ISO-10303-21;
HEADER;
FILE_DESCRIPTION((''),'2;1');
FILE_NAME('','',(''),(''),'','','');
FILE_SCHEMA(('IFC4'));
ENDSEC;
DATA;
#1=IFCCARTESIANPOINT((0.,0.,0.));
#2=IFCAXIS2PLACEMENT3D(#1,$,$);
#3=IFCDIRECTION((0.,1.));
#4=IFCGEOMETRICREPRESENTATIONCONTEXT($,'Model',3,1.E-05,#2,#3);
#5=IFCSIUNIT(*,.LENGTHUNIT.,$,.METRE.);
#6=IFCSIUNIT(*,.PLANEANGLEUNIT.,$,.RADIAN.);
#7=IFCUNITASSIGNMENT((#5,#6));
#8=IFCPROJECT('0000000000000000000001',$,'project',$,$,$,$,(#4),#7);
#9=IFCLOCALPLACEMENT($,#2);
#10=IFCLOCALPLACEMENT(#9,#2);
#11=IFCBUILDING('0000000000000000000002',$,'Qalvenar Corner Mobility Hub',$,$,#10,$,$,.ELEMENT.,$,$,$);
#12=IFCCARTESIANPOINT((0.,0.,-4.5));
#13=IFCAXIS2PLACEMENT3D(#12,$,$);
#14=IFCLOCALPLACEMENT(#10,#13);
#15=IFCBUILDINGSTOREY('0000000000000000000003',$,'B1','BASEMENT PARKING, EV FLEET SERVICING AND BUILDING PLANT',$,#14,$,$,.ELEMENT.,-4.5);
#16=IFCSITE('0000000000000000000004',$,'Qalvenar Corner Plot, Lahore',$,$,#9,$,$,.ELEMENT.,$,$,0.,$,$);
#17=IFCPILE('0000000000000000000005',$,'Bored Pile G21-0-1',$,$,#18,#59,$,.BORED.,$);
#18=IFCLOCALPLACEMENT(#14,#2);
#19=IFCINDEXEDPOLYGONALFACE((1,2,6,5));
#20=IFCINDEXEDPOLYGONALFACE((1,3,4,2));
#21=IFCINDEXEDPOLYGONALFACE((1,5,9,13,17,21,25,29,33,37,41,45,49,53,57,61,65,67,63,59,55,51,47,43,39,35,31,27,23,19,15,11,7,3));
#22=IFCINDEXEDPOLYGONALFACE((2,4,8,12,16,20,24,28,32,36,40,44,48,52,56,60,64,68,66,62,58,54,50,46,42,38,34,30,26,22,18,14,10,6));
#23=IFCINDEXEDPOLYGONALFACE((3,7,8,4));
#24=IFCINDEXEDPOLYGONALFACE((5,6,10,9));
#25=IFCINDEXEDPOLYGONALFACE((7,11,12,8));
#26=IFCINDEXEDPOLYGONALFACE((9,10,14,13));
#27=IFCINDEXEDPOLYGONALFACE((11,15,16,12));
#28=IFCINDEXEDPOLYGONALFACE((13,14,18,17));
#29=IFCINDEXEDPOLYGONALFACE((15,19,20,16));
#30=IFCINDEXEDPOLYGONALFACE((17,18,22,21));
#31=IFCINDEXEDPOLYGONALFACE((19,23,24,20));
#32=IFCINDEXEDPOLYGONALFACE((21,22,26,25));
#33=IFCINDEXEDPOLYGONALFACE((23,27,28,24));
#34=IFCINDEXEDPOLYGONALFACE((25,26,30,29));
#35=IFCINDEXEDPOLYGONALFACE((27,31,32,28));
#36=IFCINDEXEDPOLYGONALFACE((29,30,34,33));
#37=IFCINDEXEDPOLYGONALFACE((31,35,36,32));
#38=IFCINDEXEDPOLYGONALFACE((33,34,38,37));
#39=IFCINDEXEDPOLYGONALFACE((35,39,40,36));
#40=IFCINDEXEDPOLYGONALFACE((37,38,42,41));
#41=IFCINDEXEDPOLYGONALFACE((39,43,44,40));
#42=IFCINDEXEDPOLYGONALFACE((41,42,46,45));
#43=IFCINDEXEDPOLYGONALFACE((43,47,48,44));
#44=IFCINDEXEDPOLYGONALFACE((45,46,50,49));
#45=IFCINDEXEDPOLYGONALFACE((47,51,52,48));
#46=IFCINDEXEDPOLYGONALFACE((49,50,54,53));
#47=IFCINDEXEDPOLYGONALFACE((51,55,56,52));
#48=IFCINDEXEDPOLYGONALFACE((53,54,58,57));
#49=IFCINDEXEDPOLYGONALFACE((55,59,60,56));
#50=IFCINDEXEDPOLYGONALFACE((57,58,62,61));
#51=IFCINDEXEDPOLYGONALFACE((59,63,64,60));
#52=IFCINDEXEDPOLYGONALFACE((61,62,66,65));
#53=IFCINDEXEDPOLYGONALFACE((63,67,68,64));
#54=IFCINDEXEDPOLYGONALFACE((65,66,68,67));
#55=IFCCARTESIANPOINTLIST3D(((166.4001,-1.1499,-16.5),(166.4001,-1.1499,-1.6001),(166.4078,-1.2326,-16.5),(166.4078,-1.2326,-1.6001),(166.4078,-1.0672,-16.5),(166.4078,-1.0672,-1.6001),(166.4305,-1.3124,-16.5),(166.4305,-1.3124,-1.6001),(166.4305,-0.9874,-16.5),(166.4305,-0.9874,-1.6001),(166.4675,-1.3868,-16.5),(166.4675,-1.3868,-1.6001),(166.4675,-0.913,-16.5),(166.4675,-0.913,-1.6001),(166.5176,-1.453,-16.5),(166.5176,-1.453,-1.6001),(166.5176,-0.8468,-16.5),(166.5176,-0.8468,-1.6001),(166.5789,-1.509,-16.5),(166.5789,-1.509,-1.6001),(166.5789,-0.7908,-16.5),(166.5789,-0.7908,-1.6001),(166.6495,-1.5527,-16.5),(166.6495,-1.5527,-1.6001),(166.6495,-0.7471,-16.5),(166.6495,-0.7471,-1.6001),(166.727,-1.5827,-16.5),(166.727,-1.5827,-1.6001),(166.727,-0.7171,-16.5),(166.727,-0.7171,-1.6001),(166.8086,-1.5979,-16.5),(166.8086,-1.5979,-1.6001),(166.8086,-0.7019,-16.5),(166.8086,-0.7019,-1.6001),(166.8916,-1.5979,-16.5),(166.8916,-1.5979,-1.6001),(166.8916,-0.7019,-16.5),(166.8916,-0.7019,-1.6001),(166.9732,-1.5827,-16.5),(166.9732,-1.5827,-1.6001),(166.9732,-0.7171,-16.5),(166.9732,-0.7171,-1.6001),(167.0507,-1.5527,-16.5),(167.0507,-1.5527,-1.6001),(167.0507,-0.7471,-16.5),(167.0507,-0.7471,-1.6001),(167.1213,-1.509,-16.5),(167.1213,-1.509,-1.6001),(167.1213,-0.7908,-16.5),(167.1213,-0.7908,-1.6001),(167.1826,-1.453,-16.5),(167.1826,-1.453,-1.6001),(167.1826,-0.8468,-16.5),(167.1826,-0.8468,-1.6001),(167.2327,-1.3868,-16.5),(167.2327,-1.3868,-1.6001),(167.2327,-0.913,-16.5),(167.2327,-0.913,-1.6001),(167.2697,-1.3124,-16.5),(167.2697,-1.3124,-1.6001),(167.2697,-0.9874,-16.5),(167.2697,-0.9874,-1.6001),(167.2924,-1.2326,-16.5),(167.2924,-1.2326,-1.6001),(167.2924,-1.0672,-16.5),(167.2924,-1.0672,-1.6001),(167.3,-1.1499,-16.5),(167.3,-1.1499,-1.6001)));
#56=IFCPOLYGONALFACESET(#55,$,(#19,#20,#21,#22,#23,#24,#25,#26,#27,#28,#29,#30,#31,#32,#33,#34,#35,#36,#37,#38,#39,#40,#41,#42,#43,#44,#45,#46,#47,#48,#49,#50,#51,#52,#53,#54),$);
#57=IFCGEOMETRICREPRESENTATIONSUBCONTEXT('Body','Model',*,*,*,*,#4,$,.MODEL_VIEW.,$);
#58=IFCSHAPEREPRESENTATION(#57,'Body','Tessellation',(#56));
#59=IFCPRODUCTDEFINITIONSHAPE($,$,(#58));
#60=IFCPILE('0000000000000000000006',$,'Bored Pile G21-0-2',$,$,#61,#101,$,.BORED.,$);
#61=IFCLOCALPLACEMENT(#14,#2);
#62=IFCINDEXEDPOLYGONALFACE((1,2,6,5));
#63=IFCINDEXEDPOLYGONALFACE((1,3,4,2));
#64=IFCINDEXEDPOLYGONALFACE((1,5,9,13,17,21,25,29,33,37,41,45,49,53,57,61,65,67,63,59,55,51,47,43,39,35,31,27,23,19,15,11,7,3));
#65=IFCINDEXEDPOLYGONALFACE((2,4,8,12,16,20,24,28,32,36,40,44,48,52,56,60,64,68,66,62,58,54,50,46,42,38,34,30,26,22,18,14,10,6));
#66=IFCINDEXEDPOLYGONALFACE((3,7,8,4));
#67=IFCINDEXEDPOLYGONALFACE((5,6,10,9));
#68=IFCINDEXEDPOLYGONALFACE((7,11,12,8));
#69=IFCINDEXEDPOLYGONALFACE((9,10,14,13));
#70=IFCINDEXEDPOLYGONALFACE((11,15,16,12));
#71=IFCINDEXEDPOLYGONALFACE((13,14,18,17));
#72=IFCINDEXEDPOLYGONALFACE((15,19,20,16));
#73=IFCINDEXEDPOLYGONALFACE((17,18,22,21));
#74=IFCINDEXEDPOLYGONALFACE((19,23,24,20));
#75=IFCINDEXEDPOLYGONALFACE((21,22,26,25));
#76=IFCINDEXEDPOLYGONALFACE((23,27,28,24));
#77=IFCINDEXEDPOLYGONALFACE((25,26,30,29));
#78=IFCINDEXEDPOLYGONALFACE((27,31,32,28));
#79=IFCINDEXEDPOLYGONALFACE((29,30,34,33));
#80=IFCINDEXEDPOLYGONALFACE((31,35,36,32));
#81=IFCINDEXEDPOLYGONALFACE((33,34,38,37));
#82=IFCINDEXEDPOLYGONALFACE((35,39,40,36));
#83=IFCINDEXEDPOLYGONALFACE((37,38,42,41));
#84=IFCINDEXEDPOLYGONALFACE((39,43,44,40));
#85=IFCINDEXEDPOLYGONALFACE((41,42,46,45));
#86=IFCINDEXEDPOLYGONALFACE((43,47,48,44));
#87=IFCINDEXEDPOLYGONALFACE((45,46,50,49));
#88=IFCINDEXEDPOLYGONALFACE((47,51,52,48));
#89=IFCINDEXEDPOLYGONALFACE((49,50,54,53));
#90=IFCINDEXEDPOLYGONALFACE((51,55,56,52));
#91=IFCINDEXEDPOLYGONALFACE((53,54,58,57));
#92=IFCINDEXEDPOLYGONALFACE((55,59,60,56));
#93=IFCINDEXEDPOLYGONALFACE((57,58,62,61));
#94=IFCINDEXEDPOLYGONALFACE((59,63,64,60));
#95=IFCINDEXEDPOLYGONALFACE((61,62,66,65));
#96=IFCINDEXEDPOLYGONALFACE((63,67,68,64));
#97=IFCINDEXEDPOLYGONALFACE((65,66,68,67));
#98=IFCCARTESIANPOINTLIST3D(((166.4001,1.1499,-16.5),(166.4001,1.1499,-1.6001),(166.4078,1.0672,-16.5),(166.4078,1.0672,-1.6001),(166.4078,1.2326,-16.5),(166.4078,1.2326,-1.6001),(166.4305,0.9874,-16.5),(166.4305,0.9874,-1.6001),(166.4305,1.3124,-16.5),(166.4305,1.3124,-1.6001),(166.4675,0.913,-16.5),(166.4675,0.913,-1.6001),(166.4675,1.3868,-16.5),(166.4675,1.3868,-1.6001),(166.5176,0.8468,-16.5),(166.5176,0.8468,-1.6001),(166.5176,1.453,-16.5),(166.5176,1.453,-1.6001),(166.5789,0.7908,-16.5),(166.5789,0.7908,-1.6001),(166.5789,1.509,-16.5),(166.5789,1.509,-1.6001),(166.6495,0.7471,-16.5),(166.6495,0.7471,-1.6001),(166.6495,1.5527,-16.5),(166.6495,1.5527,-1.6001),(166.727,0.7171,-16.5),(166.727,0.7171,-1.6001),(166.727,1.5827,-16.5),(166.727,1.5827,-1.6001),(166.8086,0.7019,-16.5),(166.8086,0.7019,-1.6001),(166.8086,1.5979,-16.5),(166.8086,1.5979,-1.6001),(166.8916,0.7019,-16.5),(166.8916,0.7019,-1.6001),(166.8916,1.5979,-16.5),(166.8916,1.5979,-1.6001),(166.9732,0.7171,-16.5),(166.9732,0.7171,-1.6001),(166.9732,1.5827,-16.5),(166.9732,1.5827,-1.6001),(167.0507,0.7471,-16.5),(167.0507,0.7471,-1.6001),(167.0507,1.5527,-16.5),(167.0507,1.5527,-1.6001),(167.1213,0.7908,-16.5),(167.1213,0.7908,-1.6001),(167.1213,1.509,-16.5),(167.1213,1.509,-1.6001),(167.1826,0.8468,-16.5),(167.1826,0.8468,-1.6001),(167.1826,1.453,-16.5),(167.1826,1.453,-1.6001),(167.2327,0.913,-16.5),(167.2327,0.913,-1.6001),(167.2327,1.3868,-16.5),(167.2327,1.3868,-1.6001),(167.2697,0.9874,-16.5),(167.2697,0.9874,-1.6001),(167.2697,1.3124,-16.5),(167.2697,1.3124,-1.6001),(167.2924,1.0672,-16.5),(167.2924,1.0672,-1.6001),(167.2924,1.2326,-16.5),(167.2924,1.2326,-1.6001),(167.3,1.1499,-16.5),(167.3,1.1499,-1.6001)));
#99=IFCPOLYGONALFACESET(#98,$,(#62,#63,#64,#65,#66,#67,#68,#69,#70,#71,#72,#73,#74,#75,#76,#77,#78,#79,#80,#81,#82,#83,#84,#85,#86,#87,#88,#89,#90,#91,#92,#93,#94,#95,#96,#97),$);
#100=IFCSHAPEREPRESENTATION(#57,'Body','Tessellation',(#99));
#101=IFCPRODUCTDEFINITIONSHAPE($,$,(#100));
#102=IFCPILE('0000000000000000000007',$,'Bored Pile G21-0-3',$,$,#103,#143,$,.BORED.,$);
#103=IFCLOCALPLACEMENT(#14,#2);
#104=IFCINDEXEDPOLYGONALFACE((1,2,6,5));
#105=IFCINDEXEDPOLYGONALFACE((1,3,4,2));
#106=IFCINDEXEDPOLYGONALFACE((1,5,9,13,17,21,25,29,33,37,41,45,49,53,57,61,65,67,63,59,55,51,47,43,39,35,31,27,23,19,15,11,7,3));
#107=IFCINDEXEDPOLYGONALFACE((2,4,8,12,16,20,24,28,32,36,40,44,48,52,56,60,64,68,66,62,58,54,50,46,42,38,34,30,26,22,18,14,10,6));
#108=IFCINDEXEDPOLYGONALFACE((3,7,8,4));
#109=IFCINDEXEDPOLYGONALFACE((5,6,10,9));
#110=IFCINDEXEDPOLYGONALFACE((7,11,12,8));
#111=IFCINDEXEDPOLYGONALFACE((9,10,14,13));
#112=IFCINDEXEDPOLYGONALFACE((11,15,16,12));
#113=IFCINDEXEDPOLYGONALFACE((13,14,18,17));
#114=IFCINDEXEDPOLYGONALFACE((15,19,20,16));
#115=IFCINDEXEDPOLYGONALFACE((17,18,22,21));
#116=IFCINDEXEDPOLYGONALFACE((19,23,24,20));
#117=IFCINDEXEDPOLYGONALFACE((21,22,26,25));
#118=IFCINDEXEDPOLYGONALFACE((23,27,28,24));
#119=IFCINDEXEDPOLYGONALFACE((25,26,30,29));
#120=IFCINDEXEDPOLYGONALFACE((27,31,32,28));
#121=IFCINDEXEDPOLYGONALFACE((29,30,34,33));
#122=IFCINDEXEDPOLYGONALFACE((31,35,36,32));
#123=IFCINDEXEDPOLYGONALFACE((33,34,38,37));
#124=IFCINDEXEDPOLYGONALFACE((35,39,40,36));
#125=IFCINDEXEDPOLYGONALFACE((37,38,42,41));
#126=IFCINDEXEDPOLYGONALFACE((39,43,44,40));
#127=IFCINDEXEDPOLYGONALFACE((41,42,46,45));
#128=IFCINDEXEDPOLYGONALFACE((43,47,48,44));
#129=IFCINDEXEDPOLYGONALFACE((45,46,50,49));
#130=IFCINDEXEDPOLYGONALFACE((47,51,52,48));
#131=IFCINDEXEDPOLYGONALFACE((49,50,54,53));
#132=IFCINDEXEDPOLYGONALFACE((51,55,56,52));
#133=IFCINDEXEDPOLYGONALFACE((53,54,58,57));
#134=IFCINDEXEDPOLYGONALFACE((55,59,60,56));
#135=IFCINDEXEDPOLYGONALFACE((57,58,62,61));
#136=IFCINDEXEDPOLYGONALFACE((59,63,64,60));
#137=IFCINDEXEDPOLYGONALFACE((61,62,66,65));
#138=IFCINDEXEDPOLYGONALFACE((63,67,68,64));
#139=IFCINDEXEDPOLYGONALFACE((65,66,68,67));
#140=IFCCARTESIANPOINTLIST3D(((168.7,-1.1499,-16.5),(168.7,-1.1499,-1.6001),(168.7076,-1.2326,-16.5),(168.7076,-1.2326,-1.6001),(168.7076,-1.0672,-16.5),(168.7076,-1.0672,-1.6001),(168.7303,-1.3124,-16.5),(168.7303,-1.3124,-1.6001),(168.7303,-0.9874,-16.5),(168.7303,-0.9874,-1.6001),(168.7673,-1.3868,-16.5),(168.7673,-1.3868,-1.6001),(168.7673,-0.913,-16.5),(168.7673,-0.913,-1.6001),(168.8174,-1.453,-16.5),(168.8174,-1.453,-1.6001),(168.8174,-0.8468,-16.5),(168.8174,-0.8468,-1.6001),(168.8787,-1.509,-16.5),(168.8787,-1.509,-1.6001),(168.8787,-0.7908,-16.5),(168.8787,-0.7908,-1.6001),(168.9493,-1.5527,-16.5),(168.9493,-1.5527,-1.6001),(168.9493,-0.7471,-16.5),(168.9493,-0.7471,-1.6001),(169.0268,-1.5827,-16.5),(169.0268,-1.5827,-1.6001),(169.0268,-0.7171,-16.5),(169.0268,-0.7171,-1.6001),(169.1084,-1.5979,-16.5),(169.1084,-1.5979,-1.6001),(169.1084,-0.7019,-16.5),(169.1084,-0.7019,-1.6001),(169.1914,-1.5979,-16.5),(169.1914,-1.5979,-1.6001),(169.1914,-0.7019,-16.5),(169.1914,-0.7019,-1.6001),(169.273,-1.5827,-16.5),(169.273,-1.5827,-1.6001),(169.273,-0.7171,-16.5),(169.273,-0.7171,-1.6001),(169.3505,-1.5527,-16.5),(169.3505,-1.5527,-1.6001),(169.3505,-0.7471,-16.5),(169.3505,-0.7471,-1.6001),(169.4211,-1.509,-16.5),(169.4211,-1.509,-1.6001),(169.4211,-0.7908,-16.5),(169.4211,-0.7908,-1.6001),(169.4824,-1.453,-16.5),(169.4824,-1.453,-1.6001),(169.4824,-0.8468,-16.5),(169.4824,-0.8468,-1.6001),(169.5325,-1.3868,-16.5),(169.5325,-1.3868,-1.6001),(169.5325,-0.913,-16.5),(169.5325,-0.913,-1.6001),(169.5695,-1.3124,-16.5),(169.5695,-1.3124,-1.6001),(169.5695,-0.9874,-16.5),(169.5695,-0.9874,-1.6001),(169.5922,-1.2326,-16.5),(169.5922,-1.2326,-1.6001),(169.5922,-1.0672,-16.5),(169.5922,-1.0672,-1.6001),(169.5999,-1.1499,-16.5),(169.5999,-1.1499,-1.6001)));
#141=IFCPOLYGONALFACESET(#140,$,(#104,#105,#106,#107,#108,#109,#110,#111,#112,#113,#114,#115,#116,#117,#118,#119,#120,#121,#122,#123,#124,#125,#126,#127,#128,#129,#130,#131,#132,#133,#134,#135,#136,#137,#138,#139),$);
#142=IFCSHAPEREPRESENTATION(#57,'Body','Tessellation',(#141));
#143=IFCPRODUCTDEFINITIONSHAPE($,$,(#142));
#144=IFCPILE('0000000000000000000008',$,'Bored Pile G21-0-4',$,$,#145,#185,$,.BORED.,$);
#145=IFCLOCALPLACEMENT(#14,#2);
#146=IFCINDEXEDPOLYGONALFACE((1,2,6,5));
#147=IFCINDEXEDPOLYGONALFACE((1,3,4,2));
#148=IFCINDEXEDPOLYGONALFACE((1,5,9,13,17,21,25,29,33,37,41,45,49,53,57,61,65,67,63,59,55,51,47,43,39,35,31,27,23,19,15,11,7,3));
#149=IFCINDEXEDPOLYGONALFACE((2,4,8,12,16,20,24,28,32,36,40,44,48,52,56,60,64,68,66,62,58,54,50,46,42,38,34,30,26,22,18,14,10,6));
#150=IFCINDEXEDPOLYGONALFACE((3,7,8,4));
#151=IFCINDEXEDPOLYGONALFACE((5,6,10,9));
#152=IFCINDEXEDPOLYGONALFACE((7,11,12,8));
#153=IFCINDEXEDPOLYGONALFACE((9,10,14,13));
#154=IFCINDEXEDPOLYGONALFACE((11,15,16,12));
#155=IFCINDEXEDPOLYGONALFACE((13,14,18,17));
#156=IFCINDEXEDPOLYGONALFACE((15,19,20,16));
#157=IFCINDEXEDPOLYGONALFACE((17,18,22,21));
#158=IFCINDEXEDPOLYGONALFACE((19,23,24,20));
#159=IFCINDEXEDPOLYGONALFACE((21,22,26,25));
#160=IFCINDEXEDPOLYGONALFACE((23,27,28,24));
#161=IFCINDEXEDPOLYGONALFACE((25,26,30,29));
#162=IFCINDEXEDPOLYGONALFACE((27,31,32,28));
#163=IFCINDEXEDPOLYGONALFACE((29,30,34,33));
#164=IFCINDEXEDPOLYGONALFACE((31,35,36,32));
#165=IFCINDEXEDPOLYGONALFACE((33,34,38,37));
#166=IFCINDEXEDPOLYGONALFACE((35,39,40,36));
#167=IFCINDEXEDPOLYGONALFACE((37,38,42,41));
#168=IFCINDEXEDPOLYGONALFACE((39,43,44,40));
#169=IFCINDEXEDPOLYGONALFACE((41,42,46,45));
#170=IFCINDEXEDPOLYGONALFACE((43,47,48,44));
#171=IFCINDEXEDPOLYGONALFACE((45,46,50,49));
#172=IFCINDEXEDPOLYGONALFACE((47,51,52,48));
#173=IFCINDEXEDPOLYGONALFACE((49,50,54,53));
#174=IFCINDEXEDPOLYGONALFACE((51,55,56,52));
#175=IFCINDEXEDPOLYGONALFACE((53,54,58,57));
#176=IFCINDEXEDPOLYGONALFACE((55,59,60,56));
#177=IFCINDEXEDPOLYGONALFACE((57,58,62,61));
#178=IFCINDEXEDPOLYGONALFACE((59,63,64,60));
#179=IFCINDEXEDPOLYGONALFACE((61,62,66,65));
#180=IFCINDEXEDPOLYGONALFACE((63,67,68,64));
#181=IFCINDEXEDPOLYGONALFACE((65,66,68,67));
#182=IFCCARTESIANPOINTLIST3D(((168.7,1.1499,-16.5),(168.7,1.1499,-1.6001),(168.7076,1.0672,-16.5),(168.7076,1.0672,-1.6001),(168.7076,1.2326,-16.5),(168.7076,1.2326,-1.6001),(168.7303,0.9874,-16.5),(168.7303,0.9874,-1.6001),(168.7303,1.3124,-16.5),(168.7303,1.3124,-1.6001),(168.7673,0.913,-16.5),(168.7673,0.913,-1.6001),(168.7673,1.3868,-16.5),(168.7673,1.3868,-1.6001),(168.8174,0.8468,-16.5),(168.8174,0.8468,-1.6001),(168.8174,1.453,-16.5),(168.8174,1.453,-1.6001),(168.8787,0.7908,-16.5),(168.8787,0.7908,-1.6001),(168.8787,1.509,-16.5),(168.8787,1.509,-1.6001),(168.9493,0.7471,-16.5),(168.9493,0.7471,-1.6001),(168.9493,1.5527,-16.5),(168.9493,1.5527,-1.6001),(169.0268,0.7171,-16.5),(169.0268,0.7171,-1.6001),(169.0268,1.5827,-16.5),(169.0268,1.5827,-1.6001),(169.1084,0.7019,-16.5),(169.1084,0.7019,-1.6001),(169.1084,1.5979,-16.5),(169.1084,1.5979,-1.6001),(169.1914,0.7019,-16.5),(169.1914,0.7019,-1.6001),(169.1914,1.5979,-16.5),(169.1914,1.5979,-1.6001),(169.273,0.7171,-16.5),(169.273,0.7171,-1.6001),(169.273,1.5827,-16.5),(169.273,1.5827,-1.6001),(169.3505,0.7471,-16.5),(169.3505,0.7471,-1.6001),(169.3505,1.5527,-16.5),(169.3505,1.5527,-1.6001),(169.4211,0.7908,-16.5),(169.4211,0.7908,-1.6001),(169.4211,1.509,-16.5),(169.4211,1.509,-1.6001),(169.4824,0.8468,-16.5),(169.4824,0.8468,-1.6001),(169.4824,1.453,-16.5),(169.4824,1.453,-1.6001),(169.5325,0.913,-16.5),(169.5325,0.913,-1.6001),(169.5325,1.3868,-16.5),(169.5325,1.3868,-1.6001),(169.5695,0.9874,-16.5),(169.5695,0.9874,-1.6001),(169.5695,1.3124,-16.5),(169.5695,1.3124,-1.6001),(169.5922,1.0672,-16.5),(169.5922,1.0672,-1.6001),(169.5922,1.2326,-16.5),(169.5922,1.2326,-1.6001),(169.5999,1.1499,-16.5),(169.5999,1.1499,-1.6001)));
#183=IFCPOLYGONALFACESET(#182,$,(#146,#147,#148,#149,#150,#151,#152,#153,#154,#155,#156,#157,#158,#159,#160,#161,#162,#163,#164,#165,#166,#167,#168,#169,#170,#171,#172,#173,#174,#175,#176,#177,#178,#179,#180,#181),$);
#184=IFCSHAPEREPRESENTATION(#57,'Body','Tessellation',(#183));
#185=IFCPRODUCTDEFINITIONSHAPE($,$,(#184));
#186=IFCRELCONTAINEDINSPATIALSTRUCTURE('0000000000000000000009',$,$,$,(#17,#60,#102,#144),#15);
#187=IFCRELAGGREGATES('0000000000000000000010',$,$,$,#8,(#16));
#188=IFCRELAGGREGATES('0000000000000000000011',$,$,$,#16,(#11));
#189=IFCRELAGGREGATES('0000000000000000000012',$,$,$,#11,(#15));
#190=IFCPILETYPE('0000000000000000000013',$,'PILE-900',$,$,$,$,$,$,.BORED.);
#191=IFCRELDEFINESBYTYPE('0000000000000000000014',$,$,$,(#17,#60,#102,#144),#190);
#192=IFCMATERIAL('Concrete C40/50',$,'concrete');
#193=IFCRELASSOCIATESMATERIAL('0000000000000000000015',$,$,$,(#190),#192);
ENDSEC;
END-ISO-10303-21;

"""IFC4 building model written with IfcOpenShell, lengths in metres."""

from ifc_helpers import new_model, si_unit, direction, frame, origin, origin_2d, place, context, subcontext, project, spatial, circle, extrude, material, material_profile, profile_set, type_object, element, save


model = new_model("IFC4")

# Units and contexts
model_context = context("Model", 3, precision=1e-05, world=origin(), true_north=direction((0.0, 1.0)))
body_context = subcontext(model_context, "Body", "Model", "MODEL_VIEW")
ifc_project = project(units=[si_unit("LENGTHUNIT", "METRE"), si_unit("PLANEANGLEUNIT", "RADIAN")], contexts=[model_context])

# Site, building, storey
site_placement = place(None, origin())
site = spatial("IfcSite", under=ifc_project, at=site_placement, Name="Qalvenar Corner Plot, Lahore", CompositionType="ELEMENT", RefElevation=0.0)
building_placement = place(site_placement, origin())
building = spatial("IfcBuilding", under=site, at=building_placement, Name="Qalvenar Corner Mobility Hub", CompositionType="ELEMENT")
storey_placement = place(building_placement, frame((0.0, 0.0, -4.5)))
storey = spatial("IfcBuildingStorey", under=building, at=storey_placement, Name="B1", Description="BASEMENT PARKING, EV FLEET SERVICING AND BUILDING PLANT", CompositionType="ELEMENT", Elevation=-4.5)

# Shared definitions
ifc_material_1 = material(Name="Concrete C40/50", Category="concrete")

# Piles
ifc_material_profile_1 = material_profile(ifc_material_1, circle(Radius=0.45, at=origin_2d()), Name="DIA900")
ifc_profile_set_1 = profile_set([ifc_material_profile_1], Name="Concrete C40/50")
pile_type = type_object("IfcPileType", Name="PILE-900", PredefinedType="BORED", material=ifc_profile_set_1)
for number, where, z_axis, x_axis, name in (
    (1, (166.8501, -1.1499, -1.6001), (0.0, 0.0, -1.0), (1.0, 0.0, 0.0), "Bored Pile G21-0-1"),
    (2, (166.8501, 1.1499, -1.6001), (0.0, 0.0, -1.0), (1.0, 0.0, 0.0), "Bored Pile G21-0-2"),
    (3, (169.1499, -1.1499, -1.6001), (0.0, 0.0, -1.0), (1.0, 0.0, 0.0), "Bored Pile G21-0-3"),
    (4, (169.1499, 1.1499, -1.6001), (0.0, 0.0, -1.0), (1.0, 0.0, 0.0), "Bored Pile G21-0-4"),
):
    element("IfcPile", number, at=place(storey_placement, frame(where, z_axis=z_axis, x_axis=x_axis)), inside=storey, type_object=pile_type, Name=name, PredefinedType="BORED", context=body_context, shape_type="SweptSolid", body=[
        extrude(circle(Radius=0.45, at=origin_2d()), origin(), (0.0, 0.0, 1.0), 14.8999),
    ])

save(model, "model.ifc")
